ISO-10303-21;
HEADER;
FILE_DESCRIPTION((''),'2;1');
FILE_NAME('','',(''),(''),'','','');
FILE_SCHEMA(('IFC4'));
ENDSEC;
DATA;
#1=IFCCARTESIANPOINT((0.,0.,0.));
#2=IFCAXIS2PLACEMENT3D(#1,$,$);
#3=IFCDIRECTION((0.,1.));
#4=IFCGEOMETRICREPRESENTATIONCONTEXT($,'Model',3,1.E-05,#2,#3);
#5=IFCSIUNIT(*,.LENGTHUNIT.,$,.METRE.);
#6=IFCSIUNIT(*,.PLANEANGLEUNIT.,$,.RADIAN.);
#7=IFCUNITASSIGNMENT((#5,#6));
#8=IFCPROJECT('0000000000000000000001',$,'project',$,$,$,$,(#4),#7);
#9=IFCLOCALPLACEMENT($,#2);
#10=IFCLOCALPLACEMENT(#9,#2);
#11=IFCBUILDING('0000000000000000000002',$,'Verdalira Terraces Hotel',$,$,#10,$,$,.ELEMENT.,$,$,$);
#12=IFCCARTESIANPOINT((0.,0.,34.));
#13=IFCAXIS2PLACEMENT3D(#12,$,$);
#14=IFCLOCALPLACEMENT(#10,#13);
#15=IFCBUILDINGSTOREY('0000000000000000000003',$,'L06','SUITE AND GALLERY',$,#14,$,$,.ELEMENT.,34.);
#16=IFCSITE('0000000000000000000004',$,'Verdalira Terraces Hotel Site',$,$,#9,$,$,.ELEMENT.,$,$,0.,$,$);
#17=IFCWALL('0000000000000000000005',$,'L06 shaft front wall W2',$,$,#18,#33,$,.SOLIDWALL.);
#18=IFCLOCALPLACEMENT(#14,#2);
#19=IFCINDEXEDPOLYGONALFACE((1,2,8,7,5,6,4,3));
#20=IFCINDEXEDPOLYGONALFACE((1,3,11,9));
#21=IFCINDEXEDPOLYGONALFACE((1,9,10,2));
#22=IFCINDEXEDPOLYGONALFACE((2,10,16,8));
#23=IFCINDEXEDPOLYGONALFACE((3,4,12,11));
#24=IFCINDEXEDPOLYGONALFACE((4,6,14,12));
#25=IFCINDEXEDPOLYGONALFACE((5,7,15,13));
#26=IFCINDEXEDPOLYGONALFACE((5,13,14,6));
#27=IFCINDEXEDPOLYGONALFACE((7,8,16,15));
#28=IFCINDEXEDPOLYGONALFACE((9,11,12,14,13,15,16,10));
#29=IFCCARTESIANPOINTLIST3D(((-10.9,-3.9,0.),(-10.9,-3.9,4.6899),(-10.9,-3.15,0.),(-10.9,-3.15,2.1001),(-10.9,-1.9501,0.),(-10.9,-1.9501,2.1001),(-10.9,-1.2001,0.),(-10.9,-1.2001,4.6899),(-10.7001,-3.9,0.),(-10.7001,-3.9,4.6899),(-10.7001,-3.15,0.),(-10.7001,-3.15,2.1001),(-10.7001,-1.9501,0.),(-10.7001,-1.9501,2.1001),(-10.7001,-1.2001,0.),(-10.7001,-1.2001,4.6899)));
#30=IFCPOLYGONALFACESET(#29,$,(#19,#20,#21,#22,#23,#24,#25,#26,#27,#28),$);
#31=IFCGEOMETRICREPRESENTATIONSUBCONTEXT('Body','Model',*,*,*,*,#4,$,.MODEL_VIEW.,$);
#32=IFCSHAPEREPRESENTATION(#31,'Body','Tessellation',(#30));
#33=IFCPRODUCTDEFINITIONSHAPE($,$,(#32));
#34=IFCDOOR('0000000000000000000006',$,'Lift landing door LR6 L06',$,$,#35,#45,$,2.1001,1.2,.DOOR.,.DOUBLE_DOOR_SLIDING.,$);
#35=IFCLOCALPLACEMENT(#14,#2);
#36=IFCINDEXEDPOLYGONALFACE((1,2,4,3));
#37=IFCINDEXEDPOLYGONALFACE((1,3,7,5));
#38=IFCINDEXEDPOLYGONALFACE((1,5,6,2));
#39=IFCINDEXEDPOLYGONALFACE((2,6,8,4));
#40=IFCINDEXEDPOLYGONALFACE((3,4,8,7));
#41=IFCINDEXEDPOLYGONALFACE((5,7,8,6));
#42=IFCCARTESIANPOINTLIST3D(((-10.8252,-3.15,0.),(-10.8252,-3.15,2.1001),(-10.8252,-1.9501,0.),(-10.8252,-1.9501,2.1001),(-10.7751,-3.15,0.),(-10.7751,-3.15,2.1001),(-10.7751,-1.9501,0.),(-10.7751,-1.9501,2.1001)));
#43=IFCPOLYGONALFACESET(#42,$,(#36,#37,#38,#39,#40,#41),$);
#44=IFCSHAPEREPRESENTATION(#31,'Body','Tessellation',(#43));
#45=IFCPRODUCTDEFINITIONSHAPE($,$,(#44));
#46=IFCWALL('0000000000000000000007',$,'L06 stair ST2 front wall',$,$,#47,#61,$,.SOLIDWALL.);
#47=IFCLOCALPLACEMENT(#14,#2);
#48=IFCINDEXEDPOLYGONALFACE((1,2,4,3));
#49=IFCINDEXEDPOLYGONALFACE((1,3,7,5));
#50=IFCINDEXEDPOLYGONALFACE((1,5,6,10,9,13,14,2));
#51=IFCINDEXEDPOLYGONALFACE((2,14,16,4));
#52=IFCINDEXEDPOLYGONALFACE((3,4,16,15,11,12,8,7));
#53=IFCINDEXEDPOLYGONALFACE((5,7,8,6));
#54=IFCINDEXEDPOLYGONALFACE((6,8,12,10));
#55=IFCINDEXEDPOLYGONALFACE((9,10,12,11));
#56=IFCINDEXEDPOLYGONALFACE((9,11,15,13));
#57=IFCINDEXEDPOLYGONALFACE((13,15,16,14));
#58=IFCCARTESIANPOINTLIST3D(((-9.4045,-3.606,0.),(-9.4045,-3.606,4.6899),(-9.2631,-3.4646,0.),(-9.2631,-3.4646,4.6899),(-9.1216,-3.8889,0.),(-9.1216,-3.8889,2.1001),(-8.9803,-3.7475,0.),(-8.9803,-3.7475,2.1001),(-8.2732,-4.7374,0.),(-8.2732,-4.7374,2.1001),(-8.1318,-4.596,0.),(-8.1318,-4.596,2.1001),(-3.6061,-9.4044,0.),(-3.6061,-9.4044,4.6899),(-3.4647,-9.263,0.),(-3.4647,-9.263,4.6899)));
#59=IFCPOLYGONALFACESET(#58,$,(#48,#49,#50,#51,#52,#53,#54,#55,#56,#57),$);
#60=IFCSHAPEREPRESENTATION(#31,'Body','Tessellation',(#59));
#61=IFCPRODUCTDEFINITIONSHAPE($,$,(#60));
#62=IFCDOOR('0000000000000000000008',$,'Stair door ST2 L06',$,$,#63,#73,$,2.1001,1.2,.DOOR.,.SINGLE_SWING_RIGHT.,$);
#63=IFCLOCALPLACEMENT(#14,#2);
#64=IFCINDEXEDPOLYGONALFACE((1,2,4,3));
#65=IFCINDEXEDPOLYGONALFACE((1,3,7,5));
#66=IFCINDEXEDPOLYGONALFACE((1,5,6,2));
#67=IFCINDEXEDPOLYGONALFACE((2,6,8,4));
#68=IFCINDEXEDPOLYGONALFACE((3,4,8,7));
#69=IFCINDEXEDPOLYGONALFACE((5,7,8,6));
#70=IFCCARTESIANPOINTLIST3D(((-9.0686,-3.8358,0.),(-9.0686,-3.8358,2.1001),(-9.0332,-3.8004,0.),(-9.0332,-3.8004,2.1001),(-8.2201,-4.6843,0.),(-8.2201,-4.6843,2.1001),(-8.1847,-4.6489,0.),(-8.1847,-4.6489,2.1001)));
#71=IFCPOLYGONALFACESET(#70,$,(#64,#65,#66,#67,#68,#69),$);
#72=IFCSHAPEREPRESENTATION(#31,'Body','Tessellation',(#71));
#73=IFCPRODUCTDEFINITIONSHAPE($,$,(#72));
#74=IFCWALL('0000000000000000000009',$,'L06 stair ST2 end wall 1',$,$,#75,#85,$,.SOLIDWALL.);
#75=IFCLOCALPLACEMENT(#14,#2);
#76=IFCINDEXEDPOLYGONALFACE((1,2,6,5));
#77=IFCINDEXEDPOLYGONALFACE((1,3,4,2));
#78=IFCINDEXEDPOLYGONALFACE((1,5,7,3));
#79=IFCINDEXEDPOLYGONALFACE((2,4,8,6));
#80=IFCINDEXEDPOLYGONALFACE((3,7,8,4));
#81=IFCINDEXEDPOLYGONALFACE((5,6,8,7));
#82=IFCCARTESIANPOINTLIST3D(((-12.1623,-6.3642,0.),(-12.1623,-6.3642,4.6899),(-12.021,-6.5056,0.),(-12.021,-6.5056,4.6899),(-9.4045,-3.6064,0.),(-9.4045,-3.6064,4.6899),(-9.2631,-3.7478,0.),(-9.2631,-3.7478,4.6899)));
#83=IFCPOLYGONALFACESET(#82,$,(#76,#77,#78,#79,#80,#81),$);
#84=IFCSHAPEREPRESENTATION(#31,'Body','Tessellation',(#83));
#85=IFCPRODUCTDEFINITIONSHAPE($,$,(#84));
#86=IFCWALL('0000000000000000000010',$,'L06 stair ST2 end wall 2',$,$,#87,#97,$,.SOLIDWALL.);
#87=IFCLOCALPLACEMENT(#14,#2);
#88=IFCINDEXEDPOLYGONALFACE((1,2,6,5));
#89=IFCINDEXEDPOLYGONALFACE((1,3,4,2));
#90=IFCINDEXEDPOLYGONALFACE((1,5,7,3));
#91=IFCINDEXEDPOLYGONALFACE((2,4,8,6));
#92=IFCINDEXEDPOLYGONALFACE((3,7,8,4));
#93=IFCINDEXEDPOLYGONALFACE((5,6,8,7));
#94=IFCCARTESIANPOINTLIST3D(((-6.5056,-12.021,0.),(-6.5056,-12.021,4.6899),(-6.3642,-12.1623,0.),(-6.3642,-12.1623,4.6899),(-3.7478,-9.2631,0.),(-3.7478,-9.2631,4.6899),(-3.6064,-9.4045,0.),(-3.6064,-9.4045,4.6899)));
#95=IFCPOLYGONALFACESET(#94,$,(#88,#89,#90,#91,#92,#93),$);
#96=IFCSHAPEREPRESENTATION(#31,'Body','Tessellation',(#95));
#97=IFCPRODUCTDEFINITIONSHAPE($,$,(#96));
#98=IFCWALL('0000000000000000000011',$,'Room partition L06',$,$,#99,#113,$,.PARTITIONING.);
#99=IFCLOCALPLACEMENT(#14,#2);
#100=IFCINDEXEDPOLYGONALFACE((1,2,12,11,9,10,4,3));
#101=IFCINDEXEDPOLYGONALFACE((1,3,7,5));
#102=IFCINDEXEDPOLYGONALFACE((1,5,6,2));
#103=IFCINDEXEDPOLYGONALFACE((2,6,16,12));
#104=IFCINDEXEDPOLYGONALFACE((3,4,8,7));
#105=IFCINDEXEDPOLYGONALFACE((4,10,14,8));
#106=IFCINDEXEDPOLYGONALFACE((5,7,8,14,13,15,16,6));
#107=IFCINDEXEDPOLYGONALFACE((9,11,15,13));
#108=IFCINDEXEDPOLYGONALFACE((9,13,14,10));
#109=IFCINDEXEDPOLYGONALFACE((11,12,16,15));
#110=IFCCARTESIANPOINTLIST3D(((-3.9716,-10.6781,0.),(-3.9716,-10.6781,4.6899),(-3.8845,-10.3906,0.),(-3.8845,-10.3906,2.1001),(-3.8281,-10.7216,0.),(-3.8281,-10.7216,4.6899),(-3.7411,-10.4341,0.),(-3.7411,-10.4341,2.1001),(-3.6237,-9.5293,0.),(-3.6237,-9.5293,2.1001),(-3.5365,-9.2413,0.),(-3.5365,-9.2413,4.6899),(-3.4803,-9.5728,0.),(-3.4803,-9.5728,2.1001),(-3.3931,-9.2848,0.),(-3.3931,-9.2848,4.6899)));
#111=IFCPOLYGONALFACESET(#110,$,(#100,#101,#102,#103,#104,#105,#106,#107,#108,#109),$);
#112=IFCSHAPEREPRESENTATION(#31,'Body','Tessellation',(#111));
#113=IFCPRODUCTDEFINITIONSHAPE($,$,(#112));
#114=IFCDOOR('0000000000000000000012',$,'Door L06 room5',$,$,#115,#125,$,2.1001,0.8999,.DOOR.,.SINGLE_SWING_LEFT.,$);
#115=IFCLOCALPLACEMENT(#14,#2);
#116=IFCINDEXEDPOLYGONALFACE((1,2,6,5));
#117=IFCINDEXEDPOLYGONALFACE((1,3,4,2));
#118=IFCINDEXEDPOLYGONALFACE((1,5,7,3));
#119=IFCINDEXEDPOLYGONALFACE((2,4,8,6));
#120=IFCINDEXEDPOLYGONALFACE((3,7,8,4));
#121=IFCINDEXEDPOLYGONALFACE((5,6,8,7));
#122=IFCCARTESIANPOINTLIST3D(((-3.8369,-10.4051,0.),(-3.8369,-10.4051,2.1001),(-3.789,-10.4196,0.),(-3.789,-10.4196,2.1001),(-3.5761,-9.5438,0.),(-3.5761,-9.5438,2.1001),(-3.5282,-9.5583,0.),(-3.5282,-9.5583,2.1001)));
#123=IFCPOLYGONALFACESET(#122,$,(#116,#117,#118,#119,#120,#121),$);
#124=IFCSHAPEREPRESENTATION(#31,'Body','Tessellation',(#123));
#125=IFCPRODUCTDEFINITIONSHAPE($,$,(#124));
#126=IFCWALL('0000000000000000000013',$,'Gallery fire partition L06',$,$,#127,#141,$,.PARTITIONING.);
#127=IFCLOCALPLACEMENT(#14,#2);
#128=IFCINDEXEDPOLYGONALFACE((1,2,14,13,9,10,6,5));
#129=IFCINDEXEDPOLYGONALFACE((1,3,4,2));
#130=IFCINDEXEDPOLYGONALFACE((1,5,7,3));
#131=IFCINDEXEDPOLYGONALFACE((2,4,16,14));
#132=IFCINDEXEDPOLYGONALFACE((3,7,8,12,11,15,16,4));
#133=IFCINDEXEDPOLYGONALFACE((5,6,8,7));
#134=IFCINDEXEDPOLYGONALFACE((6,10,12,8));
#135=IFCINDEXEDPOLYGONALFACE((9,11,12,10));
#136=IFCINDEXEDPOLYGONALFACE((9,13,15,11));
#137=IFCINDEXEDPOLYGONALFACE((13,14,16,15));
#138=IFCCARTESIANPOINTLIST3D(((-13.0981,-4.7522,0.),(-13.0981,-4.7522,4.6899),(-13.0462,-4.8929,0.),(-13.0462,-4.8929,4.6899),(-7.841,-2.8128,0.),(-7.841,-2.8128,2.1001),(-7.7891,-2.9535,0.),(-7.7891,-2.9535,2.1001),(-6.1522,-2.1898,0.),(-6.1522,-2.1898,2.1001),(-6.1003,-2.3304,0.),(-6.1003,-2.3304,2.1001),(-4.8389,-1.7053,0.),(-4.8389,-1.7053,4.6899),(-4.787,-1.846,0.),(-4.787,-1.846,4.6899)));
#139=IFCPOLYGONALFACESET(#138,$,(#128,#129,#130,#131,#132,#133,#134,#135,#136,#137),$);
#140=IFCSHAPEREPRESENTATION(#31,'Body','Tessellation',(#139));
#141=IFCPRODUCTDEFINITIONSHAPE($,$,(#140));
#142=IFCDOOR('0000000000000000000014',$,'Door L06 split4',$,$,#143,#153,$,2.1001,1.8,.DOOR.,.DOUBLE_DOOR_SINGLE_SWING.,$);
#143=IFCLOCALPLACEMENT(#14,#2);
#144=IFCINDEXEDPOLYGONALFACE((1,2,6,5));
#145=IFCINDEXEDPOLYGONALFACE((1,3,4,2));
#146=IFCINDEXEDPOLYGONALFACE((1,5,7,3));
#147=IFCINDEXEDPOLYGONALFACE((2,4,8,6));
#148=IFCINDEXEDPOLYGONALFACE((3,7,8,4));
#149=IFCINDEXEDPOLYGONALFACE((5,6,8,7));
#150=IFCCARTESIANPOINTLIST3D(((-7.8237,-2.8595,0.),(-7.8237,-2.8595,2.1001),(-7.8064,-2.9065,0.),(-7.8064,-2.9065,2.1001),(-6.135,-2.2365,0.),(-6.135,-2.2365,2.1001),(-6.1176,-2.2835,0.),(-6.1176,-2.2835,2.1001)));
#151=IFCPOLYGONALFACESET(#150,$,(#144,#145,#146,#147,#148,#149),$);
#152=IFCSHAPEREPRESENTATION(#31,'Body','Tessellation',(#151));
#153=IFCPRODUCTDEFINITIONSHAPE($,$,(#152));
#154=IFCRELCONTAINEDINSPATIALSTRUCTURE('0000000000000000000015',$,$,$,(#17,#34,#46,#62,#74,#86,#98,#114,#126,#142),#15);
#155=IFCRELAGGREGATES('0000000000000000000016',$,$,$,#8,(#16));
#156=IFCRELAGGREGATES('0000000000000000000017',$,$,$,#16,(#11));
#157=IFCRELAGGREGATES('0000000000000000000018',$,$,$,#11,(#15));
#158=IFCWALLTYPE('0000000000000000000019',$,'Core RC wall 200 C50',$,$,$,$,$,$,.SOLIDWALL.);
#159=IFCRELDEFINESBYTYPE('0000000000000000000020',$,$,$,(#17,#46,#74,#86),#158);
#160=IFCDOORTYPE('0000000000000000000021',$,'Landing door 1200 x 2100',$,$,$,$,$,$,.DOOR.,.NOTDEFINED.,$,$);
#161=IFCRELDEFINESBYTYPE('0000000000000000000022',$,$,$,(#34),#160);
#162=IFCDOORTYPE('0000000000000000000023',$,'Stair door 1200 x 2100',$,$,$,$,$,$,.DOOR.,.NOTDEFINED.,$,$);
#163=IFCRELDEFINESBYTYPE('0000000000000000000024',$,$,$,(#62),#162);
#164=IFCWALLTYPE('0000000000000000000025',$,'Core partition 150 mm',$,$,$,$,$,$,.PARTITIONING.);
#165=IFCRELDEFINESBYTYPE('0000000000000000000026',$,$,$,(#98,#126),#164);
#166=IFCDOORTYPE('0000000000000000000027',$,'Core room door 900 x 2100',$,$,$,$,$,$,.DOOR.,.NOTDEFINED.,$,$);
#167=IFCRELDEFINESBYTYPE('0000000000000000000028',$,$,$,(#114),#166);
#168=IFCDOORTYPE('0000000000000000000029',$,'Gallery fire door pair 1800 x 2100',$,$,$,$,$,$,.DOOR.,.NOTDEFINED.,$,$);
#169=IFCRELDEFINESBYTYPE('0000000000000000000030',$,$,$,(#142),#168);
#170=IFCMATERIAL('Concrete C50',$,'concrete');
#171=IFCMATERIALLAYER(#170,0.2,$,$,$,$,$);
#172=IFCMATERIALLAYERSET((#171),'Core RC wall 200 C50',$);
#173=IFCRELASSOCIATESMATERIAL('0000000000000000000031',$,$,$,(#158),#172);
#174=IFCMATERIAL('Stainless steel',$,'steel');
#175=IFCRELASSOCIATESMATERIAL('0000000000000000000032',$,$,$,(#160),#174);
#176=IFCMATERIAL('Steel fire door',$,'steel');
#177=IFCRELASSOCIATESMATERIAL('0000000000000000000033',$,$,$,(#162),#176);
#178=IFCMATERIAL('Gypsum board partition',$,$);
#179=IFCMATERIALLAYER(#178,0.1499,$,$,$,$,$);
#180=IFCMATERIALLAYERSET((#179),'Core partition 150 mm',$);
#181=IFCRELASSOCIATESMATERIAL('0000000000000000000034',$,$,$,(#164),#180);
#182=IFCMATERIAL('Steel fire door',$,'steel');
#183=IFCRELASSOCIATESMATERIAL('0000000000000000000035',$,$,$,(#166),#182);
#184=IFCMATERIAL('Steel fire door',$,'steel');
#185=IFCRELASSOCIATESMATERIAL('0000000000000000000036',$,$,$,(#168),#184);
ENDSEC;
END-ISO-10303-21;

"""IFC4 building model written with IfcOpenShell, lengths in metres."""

from ifc_helpers import new_model, si_unit, direction, frame, frame_2d, origin, place, context, subcontext, project, spatial, rectangle, extrude, material, layer, layer_set, type_object, element, fill, save


model = new_model("IFC4")

# Units and contexts
model_context = context("Model", 3, precision=1e-05, world=origin(), true_north=direction((0.0, 1.0)))
body_context = subcontext(model_context, "Body", "Model", "MODEL_VIEW")
ifc_project = project(units=[si_unit("LENGTHUNIT", "METRE"), si_unit("PLANEANGLEUNIT", "RADIAN")], contexts=[model_context])

# Site, building, storey
site_placement = place(None, origin())
site = spatial("IfcSite", under=ifc_project, at=site_placement, Name="Verdalira Terraces Hotel Site", CompositionType="ELEMENT", RefElevation=0.0)
building_placement = place(site_placement, origin())
building = spatial("IfcBuilding", under=site, at=building_placement, Name="Verdalira Terraces Hotel", CompositionType="ELEMENT")
storey_placement = place(building_placement, frame((0.0, 0.0, 34.0)))
storey = spatial("IfcBuildingStorey", under=building, at=storey_placement, Name="L06", Description="SUITE AND GALLERY", CompositionType="ELEMENT", Elevation=34.0)

# Shared definitions
ifc_material_1 = material(Name="Concrete C50", Category="concrete")
ifc_layer_1 = layer(ifc_material_1, 0.2)
ifc_layer_set_1 = layer_set([ifc_layer_1], Name="Core RC wall 200 C50")
wall_type_1 = type_object("IfcWallType", Name="Core RC wall 200 C50", PredefinedType="SOLIDWALL", material=ifc_layer_set_1)

# Walls, openings, doors
wall_1_placement = place(storey_placement, frame((-10.8, -1.2, 0.0), z_axis=(0.0, 0.0, 1.0), x_axis=(0.0, -1.0, 0.0)))
wall_1 = element("IfcWall", 1, at=wall_1_placement, inside=storey, type_object=wall_type_1, Name="L06 shaft front wall W2", PredefinedType="SOLIDWALL", context=body_context, shape_type="SweptSolid", body=[
    extrude(rectangle(XDim=2.7, YDim=0.2, at=frame_2d((1.3501, 0.0))), origin(), (0.0, 0.0, 1.0), 4.6899),
])
opening_1_placement = place(wall_1_placement, frame((0.75, 0.0, 0.0)))
opening_1 = element("IfcOpeningElement", 2, at=opening_1_placement, cuts=wall_1, PredefinedType="OPENING", context=body_context, shape_type="SweptSolid", body=[
    extrude(rectangle(XDim=1.2, YDim=2.1001, at=frame_2d((0.6001, 1.05))), frame((0.0, 0.1099, 0.0), z_axis=(0.0, -1.0, 0.0), x_axis=(1.0, 0.0, 0.0)), (0.0, 0.0, 1.0), 0.22),
])
ifc_material_2 = material(Name="Stainless steel", Category="steel")
door_type_1 = type_object("IfcDoorType", Name="Landing door 1200 x 2100", OperationType="NOTDEFINED", PredefinedType="DOOR", material=ifc_material_2)
door_1_placement = place(opening_1_placement, origin())
door_1 = element("IfcDoor", 3, at=door_1_placement, inside=storey, type_object=door_type_1, Name="Lift landing door LR6 L06", OperationType="DOUBLE_DOOR_SLIDING", OverallHeight=2.1001, OverallWidth=1.2, PredefinedType="DOOR", context=body_context, shape_type="SweptSolid", body=[
    extrude(rectangle(XDim=1.2, YDim=2.1001, at=frame_2d((0.6001, 1.05))), frame((0.0, 0.0249, 0.0), z_axis=(0.0, -1.0, 0.0), x_axis=(1.0, 0.0, 0.0)), (0.0, 0.0, 1.0), 0.05),
])
fill(opening_1, door_1)
wall_2_placement = place(storey_placement, frame((-3.5354, -9.3337, 0.0), z_axis=(0.0, 0.0, 1.0), x_axis=(-0.707107, 0.707107, 0.0)))
wall_2 = element("IfcWall", 4, at=wall_2_placement, inside=storey, type_object=wall_type_1, Name="L06 stair ST2 front wall", PredefinedType="SOLIDWALL", context=body_context, shape_type="SweptSolid", body=[
    extrude(rectangle(XDim=8.2002, YDim=0.2, at=frame_2d((4.1001, 0.0))), origin(), (0.0, 0.0, 1.0), 4.6899),
])
opening_2_placement = place(wall_2_placement, frame((6.6001, 0.0, 0.0)))
opening_2 = element("IfcOpeningElement", 5, at=opening_2_placement, cuts=wall_2, PredefinedType="OPENING", context=body_context, shape_type="SweptSolid", body=[
    extrude(rectangle(XDim=1.2, YDim=2.1001, at=frame_2d((0.6001, 1.05))), frame((0.0, 0.1099, 0.0), z_axis=(0.0, -1.0, 0.0), x_axis=(1.0, 0.0, 0.0)), (0.0, 0.0, 1.0), 0.22),
])
ifc_material_3 = material(Name="Steel fire door", Category="steel")
door_type_2 = type_object("IfcDoorType", Name="Stair door 1200 x 2100", OperationType="NOTDEFINED", PredefinedType="DOOR", material=ifc_material_3)
door_2_placement = place(opening_2_placement, origin())
door_2 = element("IfcDoor", 6, at=door_2_placement, inside=storey, type_object=door_type_2, Name="Stair door ST2 L06", OperationType="SINGLE_SWING_RIGHT", OverallHeight=2.1001, OverallWidth=1.2, PredefinedType="DOOR", context=body_context, shape_type="SweptSolid", body=[
    extrude(rectangle(XDim=1.2, YDim=2.1001, at=frame_2d((0.6001, 1.05))), frame((0.0, 0.0249, 0.0), z_axis=(0.0, -1.0, 0.0), x_axis=(1.0, 0.0, 0.0)), (0.0, 0.0, 1.0), 0.05),
])
fill(opening_2, door_2)

# Walls
for number, where, z_axis, x_axis, name in (
    (7, (-9.3337, -3.677, 0.0), (0.0, 0.0, 1.0), (-0.707107, -0.707107, 0.0), "L06 stair ST2 end wall 1"),
    (8, (-3.677, -9.3337, 0.0), (0.0, 0.0, 1.0), (-0.707107, -0.707107, 0.0), "L06 stair ST2 end wall 2"),
):
    element("IfcWall", number, at=place(storey_placement, frame(where, z_axis=z_axis, x_axis=x_axis)), inside=storey, type_object=wall_type_1, Name=name, PredefinedType="SOLIDWALL", context=body_context, shape_type="SweptSolid", body=[
        extrude(rectangle(XDim=3.9001, YDim=0.2, at=frame_2d((1.9502, 0.0))), origin(), (0.0, 0.0, 1.0), 4.6899),
    ])

# Walls, openings, doors
ifc_material_4 = material(Name="Gypsum board partition")
ifc_layer_2 = layer(ifc_material_4, 0.1499)
ifc_layer_set_2 = layer_set([ifc_layer_2], Name="Core partition 150 mm")
wall_type_2 = type_object("IfcWallType", Name="Core partition 150 mm", PredefinedType="PARTITIONING", material=ifc_layer_set_2)
wall_3_placement = place(storey_placement, frame((-3.4648, -9.2632, 0.0), z_axis=(0.0, 0.0, 1.0), x_axis=(-0.289809, -0.957085, 0.0)))
wall_3 = element("IfcWall", 9, at=wall_3_placement, inside=storey, type_object=wall_type_2, Name="Room partition L06", PredefinedType="PARTITIONING", context=body_context, shape_type="SweptSolid", body=[
    extrude(rectangle(XDim=1.5012, YDim=0.1499, at=frame_2d((0.7505, 0.0))), origin(), (0.0, 0.0, 1.0), 4.6899),
])
opening_3_placement = place(wall_3_placement, frame((0.3008, 0.0, 0.0)))
opening_3 = element("IfcOpeningElement", 10, at=opening_3_placement, cuts=wall_3, PredefinedType="OPENING", context=body_context, shape_type="SweptSolid", body=[
    extrude(rectangle(XDim=0.8999, YDim=2.1001, at=frame_2d((0.45, 1.05))), frame((0.0, 0.085, 0.0), z_axis=(0.0, -1.0, 0.0), x_axis=(1.0, 0.0, 0.0)), (0.0, 0.0, 1.0), 0.1699),
])
ifc_material_5 = material(Name="Steel fire door", Category="steel")
door_type_3 = type_object("IfcDoorType", Name="Core room door 900 x 2100", OperationType="NOTDEFINED", PredefinedType="DOOR", material=ifc_material_5)
door_3_placement = place(opening_3_placement, origin())
door_3 = element("IfcDoor", 11, at=door_3_placement, inside=storey, type_object=door_type_3, Name="Door L06 room5", OperationType="SINGLE_SWING_LEFT", OverallHeight=2.1001, OverallWidth=0.8999, PredefinedType="DOOR", context=body_context, shape_type="SweptSolid", body=[
    extrude(rectangle(XDim=0.8999, YDim=2.1001, at=frame_2d((0.45, 1.05))), frame((0.0, 0.0249, 0.0), z_axis=(0.0, -1.0, 0.0), x_axis=(1.0, 0.0, 0.0)), (0.0, 0.0, 1.0), 0.05),
])
fill(opening_3, door_3)
wall_4_placement = place(storey_placement, frame((-4.813, -1.7756, 0.0), z_axis=(0.0, 0.0, 1.0), x_axis=(-0.938193, -0.346113, 0.0)))
wall_4 = element("IfcWall", 12, at=wall_4_placement, inside=storey, type_object=wall_type_2, Name="Gallery fire partition L06", PredefinedType="PARTITIONING", context=body_context, shape_type="SweptSolid", body=[
    extrude(rectangle(XDim=8.8032, YDim=0.1499, at=frame_2d((4.4016, 0.0))), origin(), (0.0, 0.0, 1.0), 4.6899),
])
opening_4_placement = place(wall_4_placement, frame((1.3999, 0.0, 0.0)))
opening_4 = element("IfcOpeningElement", 13, at=opening_4_placement, cuts=wall_4, PredefinedType="OPENING", context=body_context, shape_type="SweptSolid", body=[
    extrude(rectangle(XDim=1.8, YDim=2.1001, at=frame_2d((0.8999, 1.05))), frame((0.0, 0.085, 0.0), z_axis=(0.0, -1.0, 0.0), x_axis=(1.0, 0.0, 0.0)), (0.0, 0.0, 1.0), 0.1699),
])
ifc_material_6 = material(Name="Steel fire door", Category="steel")
door_type_4 = type_object("IfcDoorType", Name="Gallery fire door pair 1800 x 2100", OperationType="NOTDEFINED", PredefinedType="DOOR", material=ifc_material_6)
door_4_placement = place(opening_4_placement, origin())
door_4 = element("IfcDoor", 14, at=door_4_placement, inside=storey, type_object=door_type_4, Name="Door L06 split4", OperationType="DOUBLE_DOOR_SINGLE_SWING", OverallHeight=2.1001, OverallWidth=1.8, PredefinedType="DOOR", context=body_context, shape_type="SweptSolid", body=[
    extrude(rectangle(XDim=1.8, YDim=2.1001, at=frame_2d((0.8999, 1.05))), frame((0.0, 0.0249, 0.0), z_axis=(0.0, -1.0, 0.0), x_axis=(1.0, 0.0, 0.0)), (0.0, 0.0, 1.0), 0.05),
])
fill(opening_4, door_4)

save(model, "model.ifc")
